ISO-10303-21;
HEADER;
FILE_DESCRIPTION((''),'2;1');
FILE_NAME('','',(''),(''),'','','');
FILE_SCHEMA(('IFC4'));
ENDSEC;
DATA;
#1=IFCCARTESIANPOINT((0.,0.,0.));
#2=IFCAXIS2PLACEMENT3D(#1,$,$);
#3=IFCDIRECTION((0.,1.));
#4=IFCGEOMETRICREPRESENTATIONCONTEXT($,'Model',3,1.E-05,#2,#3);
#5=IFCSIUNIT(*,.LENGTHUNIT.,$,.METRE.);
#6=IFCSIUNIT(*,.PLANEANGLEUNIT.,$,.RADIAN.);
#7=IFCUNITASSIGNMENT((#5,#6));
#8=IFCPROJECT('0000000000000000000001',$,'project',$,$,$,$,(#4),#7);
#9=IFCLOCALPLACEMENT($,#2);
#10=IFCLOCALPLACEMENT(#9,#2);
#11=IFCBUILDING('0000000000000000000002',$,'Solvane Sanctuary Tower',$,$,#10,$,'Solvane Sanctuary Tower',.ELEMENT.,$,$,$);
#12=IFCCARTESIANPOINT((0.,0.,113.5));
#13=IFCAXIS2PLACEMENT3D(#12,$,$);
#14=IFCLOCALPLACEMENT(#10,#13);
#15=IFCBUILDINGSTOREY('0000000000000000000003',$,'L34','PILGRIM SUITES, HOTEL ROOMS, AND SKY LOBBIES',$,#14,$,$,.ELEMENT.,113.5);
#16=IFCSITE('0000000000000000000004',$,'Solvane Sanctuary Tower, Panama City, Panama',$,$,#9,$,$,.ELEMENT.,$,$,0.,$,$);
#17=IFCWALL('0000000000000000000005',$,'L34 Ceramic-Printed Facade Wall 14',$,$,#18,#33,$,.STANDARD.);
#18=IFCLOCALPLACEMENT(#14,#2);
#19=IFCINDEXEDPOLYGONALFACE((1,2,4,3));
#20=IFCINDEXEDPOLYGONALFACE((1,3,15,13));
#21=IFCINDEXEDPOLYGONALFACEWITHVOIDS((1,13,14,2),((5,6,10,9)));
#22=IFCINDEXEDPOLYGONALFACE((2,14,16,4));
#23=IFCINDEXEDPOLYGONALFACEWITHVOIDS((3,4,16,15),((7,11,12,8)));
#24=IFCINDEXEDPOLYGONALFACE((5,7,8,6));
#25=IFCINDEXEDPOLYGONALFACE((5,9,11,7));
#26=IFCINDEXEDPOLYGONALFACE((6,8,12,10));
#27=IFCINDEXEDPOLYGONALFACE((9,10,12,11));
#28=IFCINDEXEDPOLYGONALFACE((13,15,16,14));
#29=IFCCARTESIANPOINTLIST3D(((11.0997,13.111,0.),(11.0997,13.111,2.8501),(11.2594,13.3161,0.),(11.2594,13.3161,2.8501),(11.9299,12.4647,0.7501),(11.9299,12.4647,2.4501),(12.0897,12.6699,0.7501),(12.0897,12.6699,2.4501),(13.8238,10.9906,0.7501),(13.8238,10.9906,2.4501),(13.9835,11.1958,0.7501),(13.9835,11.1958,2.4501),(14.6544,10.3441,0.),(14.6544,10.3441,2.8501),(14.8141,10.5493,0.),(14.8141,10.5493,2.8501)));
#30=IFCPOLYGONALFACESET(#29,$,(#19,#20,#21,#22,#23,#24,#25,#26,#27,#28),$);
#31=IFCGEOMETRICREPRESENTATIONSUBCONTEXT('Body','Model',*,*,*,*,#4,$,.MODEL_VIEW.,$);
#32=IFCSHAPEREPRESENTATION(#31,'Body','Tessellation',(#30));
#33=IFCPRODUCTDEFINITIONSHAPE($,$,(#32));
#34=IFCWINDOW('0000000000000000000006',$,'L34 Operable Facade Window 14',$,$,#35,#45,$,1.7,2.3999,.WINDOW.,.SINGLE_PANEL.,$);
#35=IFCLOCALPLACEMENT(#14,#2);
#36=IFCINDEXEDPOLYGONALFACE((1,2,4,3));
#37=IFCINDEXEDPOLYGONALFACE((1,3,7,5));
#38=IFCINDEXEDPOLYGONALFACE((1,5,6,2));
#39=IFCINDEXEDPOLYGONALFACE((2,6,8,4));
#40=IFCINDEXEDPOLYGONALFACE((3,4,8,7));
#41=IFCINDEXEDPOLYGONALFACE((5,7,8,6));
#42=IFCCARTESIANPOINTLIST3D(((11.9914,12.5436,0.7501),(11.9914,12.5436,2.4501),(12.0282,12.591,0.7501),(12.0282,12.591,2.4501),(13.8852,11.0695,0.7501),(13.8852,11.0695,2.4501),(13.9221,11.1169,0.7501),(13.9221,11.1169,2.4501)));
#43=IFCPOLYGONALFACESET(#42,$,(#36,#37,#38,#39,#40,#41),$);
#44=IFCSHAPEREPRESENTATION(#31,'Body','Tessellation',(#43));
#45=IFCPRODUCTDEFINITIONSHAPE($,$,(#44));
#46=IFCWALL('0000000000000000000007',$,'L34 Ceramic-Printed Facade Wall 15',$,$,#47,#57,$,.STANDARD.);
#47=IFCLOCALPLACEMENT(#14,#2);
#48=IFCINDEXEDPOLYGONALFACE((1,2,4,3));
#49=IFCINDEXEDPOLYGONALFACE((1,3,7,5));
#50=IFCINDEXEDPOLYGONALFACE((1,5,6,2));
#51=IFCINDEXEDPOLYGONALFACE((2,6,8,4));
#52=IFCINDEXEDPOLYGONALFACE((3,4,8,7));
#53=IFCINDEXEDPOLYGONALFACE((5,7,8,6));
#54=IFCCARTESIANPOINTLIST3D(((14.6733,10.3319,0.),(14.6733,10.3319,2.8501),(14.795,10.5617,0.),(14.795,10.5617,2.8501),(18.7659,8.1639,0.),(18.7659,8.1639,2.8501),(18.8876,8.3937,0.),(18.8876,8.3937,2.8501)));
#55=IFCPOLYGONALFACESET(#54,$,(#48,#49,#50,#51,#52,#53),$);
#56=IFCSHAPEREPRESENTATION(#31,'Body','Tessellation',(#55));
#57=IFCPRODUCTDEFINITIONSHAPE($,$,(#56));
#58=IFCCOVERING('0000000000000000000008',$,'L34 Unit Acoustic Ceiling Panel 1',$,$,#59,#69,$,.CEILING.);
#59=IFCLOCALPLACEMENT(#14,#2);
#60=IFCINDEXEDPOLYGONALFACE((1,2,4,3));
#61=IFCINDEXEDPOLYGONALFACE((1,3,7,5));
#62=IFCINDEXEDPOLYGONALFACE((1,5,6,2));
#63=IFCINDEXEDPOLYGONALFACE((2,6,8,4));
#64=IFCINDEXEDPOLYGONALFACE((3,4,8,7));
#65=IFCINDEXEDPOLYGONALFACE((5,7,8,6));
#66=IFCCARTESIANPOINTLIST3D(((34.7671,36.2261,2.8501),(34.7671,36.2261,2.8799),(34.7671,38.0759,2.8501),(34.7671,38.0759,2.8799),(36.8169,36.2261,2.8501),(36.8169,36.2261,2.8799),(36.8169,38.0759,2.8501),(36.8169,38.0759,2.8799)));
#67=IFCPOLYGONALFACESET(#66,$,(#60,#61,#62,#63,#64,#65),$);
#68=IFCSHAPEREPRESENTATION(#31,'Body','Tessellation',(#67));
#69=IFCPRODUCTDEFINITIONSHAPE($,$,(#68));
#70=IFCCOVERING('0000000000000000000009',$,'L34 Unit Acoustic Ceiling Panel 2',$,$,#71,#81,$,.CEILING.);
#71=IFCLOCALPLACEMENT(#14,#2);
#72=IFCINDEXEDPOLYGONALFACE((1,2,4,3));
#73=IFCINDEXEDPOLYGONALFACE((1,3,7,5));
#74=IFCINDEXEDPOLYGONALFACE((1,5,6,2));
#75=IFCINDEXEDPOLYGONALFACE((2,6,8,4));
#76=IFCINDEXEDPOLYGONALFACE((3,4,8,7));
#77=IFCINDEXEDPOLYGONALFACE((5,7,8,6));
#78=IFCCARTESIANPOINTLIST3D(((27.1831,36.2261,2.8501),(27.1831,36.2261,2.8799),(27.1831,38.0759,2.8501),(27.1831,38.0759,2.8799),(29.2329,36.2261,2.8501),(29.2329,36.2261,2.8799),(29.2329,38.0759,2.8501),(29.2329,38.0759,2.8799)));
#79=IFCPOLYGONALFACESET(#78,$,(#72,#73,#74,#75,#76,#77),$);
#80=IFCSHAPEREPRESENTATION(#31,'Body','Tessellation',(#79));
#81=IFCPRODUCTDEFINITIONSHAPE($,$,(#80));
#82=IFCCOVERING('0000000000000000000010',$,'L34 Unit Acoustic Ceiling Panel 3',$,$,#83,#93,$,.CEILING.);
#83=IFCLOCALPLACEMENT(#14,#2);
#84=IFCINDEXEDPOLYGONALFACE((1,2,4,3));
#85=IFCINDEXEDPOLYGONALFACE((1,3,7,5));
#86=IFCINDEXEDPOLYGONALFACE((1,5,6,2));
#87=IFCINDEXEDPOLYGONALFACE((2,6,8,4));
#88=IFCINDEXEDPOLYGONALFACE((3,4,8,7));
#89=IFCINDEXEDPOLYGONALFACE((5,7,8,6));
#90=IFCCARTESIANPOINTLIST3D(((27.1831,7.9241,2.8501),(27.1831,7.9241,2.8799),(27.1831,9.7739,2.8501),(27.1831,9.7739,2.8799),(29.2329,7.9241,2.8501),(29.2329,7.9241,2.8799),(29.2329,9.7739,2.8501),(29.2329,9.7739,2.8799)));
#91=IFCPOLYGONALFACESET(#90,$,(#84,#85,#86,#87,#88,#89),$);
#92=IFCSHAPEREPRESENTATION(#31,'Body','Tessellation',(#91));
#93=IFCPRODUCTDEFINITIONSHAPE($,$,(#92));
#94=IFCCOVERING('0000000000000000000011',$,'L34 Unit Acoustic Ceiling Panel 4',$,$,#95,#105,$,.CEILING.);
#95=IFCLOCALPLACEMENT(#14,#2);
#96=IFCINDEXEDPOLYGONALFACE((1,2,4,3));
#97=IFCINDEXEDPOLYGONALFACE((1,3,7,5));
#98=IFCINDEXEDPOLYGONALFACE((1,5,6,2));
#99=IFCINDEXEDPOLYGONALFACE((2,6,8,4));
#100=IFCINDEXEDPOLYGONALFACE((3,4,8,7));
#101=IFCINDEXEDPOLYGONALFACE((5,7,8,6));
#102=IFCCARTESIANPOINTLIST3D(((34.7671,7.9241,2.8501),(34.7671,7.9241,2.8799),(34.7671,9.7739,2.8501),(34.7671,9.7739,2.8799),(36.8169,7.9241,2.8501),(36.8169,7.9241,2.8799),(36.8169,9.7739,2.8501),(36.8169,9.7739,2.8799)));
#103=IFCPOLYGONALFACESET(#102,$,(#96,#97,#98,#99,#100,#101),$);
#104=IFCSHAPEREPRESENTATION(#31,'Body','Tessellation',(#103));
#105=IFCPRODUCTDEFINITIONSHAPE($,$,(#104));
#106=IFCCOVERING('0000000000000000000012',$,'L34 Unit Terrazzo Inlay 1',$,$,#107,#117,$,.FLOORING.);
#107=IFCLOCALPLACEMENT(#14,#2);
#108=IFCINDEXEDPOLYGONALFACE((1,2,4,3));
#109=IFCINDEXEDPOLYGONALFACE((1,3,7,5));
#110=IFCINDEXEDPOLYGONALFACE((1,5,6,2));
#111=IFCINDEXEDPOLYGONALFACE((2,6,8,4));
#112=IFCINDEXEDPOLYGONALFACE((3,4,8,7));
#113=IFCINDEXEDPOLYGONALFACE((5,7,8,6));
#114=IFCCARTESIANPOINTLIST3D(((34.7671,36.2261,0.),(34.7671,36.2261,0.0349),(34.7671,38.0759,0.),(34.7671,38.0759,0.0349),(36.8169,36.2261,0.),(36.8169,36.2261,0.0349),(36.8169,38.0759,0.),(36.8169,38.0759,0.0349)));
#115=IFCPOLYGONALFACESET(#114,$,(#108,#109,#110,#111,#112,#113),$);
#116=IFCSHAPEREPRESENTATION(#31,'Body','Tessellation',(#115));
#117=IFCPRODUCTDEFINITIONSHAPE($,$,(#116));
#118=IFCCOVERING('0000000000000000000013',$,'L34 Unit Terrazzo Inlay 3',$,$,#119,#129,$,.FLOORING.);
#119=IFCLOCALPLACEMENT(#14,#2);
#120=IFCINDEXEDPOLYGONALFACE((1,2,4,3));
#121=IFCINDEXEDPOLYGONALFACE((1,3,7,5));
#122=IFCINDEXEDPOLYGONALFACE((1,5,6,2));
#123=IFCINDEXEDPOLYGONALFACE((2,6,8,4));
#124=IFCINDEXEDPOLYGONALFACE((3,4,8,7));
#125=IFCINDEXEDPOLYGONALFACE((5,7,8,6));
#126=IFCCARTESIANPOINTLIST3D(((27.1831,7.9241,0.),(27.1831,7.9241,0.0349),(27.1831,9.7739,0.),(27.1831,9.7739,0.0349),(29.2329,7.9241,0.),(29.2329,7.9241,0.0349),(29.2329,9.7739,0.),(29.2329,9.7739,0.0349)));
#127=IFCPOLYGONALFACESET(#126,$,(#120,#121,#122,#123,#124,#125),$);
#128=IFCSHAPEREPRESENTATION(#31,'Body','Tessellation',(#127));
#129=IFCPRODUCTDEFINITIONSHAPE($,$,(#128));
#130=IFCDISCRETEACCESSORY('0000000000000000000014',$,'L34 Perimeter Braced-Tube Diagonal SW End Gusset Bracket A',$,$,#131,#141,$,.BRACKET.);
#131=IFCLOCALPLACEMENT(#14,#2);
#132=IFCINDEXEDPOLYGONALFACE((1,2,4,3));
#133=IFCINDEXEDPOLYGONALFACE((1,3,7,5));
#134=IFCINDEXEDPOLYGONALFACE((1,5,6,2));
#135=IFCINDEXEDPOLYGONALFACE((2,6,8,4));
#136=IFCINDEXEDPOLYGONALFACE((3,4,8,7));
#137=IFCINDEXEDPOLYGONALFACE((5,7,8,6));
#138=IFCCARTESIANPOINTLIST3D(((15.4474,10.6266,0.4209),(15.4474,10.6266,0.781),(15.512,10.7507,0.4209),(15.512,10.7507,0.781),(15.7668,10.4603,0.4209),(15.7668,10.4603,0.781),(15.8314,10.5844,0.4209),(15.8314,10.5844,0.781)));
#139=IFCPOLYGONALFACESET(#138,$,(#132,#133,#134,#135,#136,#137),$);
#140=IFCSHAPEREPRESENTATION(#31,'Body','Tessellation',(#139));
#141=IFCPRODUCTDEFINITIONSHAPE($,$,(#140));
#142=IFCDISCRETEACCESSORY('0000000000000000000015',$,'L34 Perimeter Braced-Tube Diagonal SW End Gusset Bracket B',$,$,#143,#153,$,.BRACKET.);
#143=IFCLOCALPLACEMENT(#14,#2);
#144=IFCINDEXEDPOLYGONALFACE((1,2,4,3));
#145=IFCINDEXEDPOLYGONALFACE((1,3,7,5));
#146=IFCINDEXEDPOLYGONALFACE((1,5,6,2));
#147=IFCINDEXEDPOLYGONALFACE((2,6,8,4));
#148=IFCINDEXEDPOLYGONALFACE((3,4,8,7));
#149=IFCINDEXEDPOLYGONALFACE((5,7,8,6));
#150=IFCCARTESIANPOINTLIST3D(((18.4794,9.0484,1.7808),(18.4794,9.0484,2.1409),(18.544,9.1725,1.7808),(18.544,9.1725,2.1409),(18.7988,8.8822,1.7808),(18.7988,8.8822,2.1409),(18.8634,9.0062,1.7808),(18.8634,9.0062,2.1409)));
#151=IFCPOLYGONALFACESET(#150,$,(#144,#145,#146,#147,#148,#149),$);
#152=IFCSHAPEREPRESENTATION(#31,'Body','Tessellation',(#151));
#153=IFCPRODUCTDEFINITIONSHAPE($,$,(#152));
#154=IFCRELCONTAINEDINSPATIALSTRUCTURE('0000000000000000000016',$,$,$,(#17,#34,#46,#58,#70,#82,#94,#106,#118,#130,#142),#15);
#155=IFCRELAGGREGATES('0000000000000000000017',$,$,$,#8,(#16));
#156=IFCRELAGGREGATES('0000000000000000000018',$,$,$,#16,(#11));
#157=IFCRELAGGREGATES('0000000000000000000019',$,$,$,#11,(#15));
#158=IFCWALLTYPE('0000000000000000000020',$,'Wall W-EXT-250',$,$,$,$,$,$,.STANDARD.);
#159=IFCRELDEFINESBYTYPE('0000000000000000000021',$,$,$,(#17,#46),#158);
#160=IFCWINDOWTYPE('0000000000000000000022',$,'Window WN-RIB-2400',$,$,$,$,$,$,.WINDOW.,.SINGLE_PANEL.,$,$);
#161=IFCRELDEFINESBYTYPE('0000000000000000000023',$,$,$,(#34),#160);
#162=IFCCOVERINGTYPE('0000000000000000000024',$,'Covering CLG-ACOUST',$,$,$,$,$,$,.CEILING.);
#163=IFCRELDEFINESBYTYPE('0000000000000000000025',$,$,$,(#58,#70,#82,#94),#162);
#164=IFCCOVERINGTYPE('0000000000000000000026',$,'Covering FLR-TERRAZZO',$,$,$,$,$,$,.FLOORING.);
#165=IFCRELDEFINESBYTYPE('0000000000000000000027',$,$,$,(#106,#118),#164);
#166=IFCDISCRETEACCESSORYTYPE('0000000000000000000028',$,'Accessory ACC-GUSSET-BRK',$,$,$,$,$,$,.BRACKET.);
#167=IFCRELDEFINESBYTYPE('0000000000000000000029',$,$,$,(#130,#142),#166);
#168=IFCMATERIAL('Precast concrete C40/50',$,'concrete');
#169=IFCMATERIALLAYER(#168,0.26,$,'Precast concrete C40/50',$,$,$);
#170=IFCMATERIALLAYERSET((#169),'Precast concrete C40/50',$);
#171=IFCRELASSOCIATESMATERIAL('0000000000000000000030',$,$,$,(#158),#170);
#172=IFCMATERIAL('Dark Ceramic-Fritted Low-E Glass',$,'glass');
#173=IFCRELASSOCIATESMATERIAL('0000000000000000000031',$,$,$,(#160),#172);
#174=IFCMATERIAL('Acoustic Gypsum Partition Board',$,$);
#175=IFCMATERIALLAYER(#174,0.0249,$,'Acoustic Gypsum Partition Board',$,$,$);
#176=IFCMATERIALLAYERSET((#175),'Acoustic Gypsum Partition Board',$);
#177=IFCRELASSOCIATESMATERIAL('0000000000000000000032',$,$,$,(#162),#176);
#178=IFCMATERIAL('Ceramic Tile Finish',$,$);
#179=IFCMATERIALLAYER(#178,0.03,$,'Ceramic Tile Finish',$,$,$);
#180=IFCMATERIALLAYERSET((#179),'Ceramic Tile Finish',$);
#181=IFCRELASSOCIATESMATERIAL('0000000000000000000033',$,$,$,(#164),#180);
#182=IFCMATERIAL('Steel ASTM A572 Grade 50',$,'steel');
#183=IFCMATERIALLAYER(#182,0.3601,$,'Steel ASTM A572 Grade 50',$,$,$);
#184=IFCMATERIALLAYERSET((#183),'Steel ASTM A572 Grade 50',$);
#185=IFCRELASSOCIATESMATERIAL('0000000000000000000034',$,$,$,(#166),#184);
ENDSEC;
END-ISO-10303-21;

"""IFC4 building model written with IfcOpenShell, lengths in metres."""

from ifc_helpers import new_model, si_unit, direction, frame, frame_2d, origin, origin_2d, place, context, subcontext, project, spatial, polyline, rectangle, outline, extrude, material, layer, layer_set, type_object, element, fill, save


model = new_model("IFC4")

# Units and contexts
model_context = context("Model", 3, precision=1e-05, world=origin(), true_north=direction((0.0, 1.0)))
body_context = subcontext(model_context, "Body", "Model", "MODEL_VIEW")
ifc_project = project(units=[si_unit("LENGTHUNIT", "METRE"), si_unit("PLANEANGLEUNIT", "RADIAN")], contexts=[model_context])

# Site, building, storey
site_placement = place(None, origin())
site = spatial("IfcSite", under=ifc_project, at=site_placement, Name="Solvane Sanctuary Tower, Panama City, Panama", CompositionType="ELEMENT", RefElevation=0.0)
building_placement = place(site_placement, origin())
building = spatial("IfcBuilding", under=site, at=building_placement, Name="Solvane Sanctuary Tower", LongName="Solvane Sanctuary Tower", CompositionType="ELEMENT")
storey_placement = place(building_placement, frame((0.0, 0.0, 113.5)))
storey = spatial("IfcBuildingStorey", under=building, at=storey_placement, Name="L34", Description="PILGRIM SUITES, HOTEL ROOMS, AND SKY LOBBIES", CompositionType="ELEMENT", Elevation=113.5)

# Shared definitions
ifc_material_1 = material(Name="Acoustic Gypsum Partition Board")

# Wall, opening, window
ifc_material_2 = material(Name="Precast concrete C40/50", Category="concrete")
ifc_layer_1 = layer(ifc_material_2, 0.26, Name="Precast concrete C40/50")
ifc_layer_set_1 = layer_set([ifc_layer_1], Name="Precast concrete C40/50")
wall_type_1 = type_object("IfcWallType", Name="Wall W-EXT-250", PredefinedType="STANDARD", material=ifc_layer_set_1)
wall_1_placement = place(storey_placement, frame((11.1794, 13.2136, 0.0), z_axis=(0.0, 0.0, 1.0), x_axis=(0.789127, -0.614229, 0.0)))
wall_1 = element("IfcWall", 1, at=wall_1_placement, inside=storey, type_object=wall_type_1, Name="L34 Ceramic-Printed Facade Wall 14", PredefinedType="STANDARD", context=body_context, shape_type="SweptSolid", body=[
    extrude(rectangle(XDim=4.5046, YDim=0.26, at=frame_2d((2.2524, 0.0))), origin(), (0.0, 0.0, 1.0), 2.8501),
])
opening_1_placement = place(wall_1_placement, frame((1.0522, 0.0, 0.75)))
opening_1 = element("IfcOpeningElement", 2, at=opening_1_placement, cuts=wall_1, PredefinedType="OPENING", context=body_context, shape_type="SweptSolid", body=[
    extrude(rectangle(XDim=2.3999, YDim=1.7, at=frame_2d((1.2, 0.8501))), frame((0.0, 0.1399, 0.0), z_axis=(0.0, -1.0, 0.0), x_axis=(1.0, 0.0, 0.0)), (0.0, 0.0, 1.0), 0.28),
])
ifc_material_3 = material(Name="Dark Ceramic-Fritted Low-E Glass", Category="glass")
window_type = type_object("IfcWindowType", Name="Window WN-RIB-2400", PartitioningType="SINGLE_PANEL", PredefinedType="WINDOW", material=ifc_material_3)
window_placement = place(opening_1_placement, origin())
window = element("IfcWindow", 3, at=window_placement, inside=storey, type_object=window_type, Name="L34 Operable Facade Window 14", OverallHeight=1.7, OverallWidth=2.3999, PartitioningType="SINGLE_PANEL", PredefinedType="WINDOW", context=body_context, shape_type="SweptSolid", body=[
    extrude(rectangle(XDim=2.3999, YDim=1.7, at=frame_2d((1.2, 0.8501))), frame((0.0, 0.03, 0.0), z_axis=(0.0, -1.0, 0.0), x_axis=(1.0, 0.0, 0.0)), (0.0, 0.0, 1.0), 0.0601),
])
fill(opening_1, window)

# Wall
wall_2_placement = place(storey_placement, frame((14.7341, 10.4468, 0.0), z_axis=(0.0, 0.0, 1.0), x_axis=(0.883669, -0.468113, 0.0)))
element("IfcWall", 4, at=wall_2_placement, inside=storey, type_object=wall_type_1, Name="L34 Ceramic-Printed Facade Wall 15", PredefinedType="STANDARD", context=body_context, shape_type="SweptSolid", body=[
    extrude(rectangle(XDim=4.6313, YDim=0.26, at=frame_2d((2.3157, 0.0))), origin(), (0.0, 0.0, 1.0), 2.8501),
])

# Coverings
ifc_layer_2 = layer(ifc_material_1, 0.0249, Name="Acoustic Gypsum Partition Board")
ifc_layer_set_2 = layer_set([ifc_layer_2], Name="Acoustic Gypsum Partition Board")
covering_type_1 = type_object("IfcCoveringType", Name="Covering CLG-ACOUST", PredefinedType="CEILING", material=ifc_layer_set_2)
covering_1_placement = place(storey_placement, frame((0.0, 0.0, 2.8501)))
element("IfcCovering", 5, at=covering_1_placement, inside=storey, type_object=covering_type_1, Name="L34 Unit Acoustic Ceiling Panel 1", PredefinedType="CEILING", context=body_context, shape_type="SweptSolid", body=[
    extrude(outline(polyline([(34.7671, 36.2261), (36.8169, 36.2261), (36.8169, 38.0759), (34.7671, 38.0759), (34.7671, 36.2261)])), origin(), (0.0, 0.0, 1.0), 0.0298),
])
covering_2_placement = place(storey_placement, frame((0.0, 0.0, 2.8501)))
element("IfcCovering", 6, at=covering_2_placement, inside=storey, type_object=covering_type_1, Name="L34 Unit Acoustic Ceiling Panel 2", PredefinedType="CEILING", context=body_context, shape_type="SweptSolid", body=[
    extrude(outline(polyline([(27.1831, 36.2261), (29.2329, 36.2261), (29.2329, 38.0759), (27.1831, 38.0759), (27.1831, 36.2261)])), origin(), (0.0, 0.0, 1.0), 0.0298),
])
covering_3_placement = place(storey_placement, frame((0.0, 0.0, 2.8501)))
element("IfcCovering", 7, at=covering_3_placement, inside=storey, type_object=covering_type_1, Name="L34 Unit Acoustic Ceiling Panel 3", PredefinedType="CEILING", context=body_context, shape_type="SweptSolid", body=[
    extrude(outline(polyline([(27.1831, 7.9241), (29.2329, 7.9241), (29.2329, 9.7739), (27.1831, 9.7739), (27.1831, 7.9241)])), origin(), (0.0, 0.0, 1.0), 0.0298),
])
covering_4_placement = place(storey_placement, frame((0.0, 0.0, 2.8501)))
element("IfcCovering", 8, at=covering_4_placement, inside=storey, type_object=covering_type_1, Name="L34 Unit Acoustic Ceiling Panel 4", PredefinedType="CEILING", context=body_context, shape_type="SweptSolid", body=[
    extrude(outline(polyline([(34.7671, 7.9241), (36.8169, 7.9241), (36.8169, 9.7739), (34.7671, 9.7739), (34.7671, 7.9241)])), origin(), (0.0, 0.0, 1.0), 0.0298),
])
ifc_material_4 = material(Name="Ceramic Tile Finish")
ifc_layer_3 = layer(ifc_material_4, 0.03, Name="Ceramic Tile Finish")
ifc_layer_set_3 = layer_set([ifc_layer_3], Name="Ceramic Tile Finish")
covering_type_2 = type_object("IfcCoveringType", Name="Covering FLR-TERRAZZO", PredefinedType="FLOORING", material=ifc_layer_set_3)
covering_5_placement = place(storey_placement, origin())
element("IfcCovering", 9, at=covering_5_placement, inside=storey, type_object=covering_type_2, Name="L34 Unit Terrazzo Inlay 1", PredefinedType="FLOORING", context=body_context, shape_type="SweptSolid", body=[
    extrude(outline(polyline([(34.7671, 36.2261), (36.8169, 36.2261), (36.8169, 38.0759), (34.7671, 38.0759), (34.7671, 36.2261)])), origin(), (0.0, 0.0, 1.0), 0.0349),
])
covering_6_placement = place(storey_placement, origin())
element("IfcCovering", 10, at=covering_6_placement, inside=storey, type_object=covering_type_2, Name="L34 Unit Terrazzo Inlay 3", PredefinedType="FLOORING", context=body_context, shape_type="SweptSolid", body=[
    extrude(outline(polyline([(27.1831, 7.9241), (29.2329, 7.9241), (29.2329, 9.7739), (27.1831, 9.7739), (27.1831, 7.9241)])), origin(), (0.0, 0.0, 1.0), 0.0349),
])

# Discrete accessories
ifc_material_5 = material(Name="Steel ASTM A572 Grade 50", Category="steel")
ifc_layer_4 = layer(ifc_material_5, 0.3601, Name="Steel ASTM A572 Grade 50")
ifc_layer_set_4 = layer_set([ifc_layer_4], Name="Steel ASTM A572 Grade 50")
discrete_accessory_type = type_object("IfcDiscreteAccessoryType", Name="Accessory ACC-GUSSET-BRK", PredefinedType="BRACKET", material=ifc_layer_set_4)
for number, where, z_axis, x_axis, name in (
    (11, (15.6394, 10.6055, 0.4209), (0.0, 0.0, 1.0), (0.887011, -0.461749, 0.0), "L34 Perimeter Braced-Tube Diagonal SW End Gusset Bracket A"),
    (12, (18.6714, 9.0273, 1.7808), (0.0, 0.0, 1.0), (0.887011, -0.461749, 0.0), "L34 Perimeter Braced-Tube Diagonal SW End Gusset Bracket B"),
):
    element("IfcDiscreteAccessory", number, at=place(storey_placement, frame(where, z_axis=z_axis, x_axis=x_axis)), inside=storey, type_object=discrete_accessory_type, Name=name, PredefinedType="BRACKET", context=body_context, shape_type="SweptSolid", body=[
        extrude(rectangle(XDim=0.3601, YDim=0.1399, at=origin_2d()), origin(), (0.0, 0.0, 1.0), 0.3601),
    ])

save(model, "model.ifc")
